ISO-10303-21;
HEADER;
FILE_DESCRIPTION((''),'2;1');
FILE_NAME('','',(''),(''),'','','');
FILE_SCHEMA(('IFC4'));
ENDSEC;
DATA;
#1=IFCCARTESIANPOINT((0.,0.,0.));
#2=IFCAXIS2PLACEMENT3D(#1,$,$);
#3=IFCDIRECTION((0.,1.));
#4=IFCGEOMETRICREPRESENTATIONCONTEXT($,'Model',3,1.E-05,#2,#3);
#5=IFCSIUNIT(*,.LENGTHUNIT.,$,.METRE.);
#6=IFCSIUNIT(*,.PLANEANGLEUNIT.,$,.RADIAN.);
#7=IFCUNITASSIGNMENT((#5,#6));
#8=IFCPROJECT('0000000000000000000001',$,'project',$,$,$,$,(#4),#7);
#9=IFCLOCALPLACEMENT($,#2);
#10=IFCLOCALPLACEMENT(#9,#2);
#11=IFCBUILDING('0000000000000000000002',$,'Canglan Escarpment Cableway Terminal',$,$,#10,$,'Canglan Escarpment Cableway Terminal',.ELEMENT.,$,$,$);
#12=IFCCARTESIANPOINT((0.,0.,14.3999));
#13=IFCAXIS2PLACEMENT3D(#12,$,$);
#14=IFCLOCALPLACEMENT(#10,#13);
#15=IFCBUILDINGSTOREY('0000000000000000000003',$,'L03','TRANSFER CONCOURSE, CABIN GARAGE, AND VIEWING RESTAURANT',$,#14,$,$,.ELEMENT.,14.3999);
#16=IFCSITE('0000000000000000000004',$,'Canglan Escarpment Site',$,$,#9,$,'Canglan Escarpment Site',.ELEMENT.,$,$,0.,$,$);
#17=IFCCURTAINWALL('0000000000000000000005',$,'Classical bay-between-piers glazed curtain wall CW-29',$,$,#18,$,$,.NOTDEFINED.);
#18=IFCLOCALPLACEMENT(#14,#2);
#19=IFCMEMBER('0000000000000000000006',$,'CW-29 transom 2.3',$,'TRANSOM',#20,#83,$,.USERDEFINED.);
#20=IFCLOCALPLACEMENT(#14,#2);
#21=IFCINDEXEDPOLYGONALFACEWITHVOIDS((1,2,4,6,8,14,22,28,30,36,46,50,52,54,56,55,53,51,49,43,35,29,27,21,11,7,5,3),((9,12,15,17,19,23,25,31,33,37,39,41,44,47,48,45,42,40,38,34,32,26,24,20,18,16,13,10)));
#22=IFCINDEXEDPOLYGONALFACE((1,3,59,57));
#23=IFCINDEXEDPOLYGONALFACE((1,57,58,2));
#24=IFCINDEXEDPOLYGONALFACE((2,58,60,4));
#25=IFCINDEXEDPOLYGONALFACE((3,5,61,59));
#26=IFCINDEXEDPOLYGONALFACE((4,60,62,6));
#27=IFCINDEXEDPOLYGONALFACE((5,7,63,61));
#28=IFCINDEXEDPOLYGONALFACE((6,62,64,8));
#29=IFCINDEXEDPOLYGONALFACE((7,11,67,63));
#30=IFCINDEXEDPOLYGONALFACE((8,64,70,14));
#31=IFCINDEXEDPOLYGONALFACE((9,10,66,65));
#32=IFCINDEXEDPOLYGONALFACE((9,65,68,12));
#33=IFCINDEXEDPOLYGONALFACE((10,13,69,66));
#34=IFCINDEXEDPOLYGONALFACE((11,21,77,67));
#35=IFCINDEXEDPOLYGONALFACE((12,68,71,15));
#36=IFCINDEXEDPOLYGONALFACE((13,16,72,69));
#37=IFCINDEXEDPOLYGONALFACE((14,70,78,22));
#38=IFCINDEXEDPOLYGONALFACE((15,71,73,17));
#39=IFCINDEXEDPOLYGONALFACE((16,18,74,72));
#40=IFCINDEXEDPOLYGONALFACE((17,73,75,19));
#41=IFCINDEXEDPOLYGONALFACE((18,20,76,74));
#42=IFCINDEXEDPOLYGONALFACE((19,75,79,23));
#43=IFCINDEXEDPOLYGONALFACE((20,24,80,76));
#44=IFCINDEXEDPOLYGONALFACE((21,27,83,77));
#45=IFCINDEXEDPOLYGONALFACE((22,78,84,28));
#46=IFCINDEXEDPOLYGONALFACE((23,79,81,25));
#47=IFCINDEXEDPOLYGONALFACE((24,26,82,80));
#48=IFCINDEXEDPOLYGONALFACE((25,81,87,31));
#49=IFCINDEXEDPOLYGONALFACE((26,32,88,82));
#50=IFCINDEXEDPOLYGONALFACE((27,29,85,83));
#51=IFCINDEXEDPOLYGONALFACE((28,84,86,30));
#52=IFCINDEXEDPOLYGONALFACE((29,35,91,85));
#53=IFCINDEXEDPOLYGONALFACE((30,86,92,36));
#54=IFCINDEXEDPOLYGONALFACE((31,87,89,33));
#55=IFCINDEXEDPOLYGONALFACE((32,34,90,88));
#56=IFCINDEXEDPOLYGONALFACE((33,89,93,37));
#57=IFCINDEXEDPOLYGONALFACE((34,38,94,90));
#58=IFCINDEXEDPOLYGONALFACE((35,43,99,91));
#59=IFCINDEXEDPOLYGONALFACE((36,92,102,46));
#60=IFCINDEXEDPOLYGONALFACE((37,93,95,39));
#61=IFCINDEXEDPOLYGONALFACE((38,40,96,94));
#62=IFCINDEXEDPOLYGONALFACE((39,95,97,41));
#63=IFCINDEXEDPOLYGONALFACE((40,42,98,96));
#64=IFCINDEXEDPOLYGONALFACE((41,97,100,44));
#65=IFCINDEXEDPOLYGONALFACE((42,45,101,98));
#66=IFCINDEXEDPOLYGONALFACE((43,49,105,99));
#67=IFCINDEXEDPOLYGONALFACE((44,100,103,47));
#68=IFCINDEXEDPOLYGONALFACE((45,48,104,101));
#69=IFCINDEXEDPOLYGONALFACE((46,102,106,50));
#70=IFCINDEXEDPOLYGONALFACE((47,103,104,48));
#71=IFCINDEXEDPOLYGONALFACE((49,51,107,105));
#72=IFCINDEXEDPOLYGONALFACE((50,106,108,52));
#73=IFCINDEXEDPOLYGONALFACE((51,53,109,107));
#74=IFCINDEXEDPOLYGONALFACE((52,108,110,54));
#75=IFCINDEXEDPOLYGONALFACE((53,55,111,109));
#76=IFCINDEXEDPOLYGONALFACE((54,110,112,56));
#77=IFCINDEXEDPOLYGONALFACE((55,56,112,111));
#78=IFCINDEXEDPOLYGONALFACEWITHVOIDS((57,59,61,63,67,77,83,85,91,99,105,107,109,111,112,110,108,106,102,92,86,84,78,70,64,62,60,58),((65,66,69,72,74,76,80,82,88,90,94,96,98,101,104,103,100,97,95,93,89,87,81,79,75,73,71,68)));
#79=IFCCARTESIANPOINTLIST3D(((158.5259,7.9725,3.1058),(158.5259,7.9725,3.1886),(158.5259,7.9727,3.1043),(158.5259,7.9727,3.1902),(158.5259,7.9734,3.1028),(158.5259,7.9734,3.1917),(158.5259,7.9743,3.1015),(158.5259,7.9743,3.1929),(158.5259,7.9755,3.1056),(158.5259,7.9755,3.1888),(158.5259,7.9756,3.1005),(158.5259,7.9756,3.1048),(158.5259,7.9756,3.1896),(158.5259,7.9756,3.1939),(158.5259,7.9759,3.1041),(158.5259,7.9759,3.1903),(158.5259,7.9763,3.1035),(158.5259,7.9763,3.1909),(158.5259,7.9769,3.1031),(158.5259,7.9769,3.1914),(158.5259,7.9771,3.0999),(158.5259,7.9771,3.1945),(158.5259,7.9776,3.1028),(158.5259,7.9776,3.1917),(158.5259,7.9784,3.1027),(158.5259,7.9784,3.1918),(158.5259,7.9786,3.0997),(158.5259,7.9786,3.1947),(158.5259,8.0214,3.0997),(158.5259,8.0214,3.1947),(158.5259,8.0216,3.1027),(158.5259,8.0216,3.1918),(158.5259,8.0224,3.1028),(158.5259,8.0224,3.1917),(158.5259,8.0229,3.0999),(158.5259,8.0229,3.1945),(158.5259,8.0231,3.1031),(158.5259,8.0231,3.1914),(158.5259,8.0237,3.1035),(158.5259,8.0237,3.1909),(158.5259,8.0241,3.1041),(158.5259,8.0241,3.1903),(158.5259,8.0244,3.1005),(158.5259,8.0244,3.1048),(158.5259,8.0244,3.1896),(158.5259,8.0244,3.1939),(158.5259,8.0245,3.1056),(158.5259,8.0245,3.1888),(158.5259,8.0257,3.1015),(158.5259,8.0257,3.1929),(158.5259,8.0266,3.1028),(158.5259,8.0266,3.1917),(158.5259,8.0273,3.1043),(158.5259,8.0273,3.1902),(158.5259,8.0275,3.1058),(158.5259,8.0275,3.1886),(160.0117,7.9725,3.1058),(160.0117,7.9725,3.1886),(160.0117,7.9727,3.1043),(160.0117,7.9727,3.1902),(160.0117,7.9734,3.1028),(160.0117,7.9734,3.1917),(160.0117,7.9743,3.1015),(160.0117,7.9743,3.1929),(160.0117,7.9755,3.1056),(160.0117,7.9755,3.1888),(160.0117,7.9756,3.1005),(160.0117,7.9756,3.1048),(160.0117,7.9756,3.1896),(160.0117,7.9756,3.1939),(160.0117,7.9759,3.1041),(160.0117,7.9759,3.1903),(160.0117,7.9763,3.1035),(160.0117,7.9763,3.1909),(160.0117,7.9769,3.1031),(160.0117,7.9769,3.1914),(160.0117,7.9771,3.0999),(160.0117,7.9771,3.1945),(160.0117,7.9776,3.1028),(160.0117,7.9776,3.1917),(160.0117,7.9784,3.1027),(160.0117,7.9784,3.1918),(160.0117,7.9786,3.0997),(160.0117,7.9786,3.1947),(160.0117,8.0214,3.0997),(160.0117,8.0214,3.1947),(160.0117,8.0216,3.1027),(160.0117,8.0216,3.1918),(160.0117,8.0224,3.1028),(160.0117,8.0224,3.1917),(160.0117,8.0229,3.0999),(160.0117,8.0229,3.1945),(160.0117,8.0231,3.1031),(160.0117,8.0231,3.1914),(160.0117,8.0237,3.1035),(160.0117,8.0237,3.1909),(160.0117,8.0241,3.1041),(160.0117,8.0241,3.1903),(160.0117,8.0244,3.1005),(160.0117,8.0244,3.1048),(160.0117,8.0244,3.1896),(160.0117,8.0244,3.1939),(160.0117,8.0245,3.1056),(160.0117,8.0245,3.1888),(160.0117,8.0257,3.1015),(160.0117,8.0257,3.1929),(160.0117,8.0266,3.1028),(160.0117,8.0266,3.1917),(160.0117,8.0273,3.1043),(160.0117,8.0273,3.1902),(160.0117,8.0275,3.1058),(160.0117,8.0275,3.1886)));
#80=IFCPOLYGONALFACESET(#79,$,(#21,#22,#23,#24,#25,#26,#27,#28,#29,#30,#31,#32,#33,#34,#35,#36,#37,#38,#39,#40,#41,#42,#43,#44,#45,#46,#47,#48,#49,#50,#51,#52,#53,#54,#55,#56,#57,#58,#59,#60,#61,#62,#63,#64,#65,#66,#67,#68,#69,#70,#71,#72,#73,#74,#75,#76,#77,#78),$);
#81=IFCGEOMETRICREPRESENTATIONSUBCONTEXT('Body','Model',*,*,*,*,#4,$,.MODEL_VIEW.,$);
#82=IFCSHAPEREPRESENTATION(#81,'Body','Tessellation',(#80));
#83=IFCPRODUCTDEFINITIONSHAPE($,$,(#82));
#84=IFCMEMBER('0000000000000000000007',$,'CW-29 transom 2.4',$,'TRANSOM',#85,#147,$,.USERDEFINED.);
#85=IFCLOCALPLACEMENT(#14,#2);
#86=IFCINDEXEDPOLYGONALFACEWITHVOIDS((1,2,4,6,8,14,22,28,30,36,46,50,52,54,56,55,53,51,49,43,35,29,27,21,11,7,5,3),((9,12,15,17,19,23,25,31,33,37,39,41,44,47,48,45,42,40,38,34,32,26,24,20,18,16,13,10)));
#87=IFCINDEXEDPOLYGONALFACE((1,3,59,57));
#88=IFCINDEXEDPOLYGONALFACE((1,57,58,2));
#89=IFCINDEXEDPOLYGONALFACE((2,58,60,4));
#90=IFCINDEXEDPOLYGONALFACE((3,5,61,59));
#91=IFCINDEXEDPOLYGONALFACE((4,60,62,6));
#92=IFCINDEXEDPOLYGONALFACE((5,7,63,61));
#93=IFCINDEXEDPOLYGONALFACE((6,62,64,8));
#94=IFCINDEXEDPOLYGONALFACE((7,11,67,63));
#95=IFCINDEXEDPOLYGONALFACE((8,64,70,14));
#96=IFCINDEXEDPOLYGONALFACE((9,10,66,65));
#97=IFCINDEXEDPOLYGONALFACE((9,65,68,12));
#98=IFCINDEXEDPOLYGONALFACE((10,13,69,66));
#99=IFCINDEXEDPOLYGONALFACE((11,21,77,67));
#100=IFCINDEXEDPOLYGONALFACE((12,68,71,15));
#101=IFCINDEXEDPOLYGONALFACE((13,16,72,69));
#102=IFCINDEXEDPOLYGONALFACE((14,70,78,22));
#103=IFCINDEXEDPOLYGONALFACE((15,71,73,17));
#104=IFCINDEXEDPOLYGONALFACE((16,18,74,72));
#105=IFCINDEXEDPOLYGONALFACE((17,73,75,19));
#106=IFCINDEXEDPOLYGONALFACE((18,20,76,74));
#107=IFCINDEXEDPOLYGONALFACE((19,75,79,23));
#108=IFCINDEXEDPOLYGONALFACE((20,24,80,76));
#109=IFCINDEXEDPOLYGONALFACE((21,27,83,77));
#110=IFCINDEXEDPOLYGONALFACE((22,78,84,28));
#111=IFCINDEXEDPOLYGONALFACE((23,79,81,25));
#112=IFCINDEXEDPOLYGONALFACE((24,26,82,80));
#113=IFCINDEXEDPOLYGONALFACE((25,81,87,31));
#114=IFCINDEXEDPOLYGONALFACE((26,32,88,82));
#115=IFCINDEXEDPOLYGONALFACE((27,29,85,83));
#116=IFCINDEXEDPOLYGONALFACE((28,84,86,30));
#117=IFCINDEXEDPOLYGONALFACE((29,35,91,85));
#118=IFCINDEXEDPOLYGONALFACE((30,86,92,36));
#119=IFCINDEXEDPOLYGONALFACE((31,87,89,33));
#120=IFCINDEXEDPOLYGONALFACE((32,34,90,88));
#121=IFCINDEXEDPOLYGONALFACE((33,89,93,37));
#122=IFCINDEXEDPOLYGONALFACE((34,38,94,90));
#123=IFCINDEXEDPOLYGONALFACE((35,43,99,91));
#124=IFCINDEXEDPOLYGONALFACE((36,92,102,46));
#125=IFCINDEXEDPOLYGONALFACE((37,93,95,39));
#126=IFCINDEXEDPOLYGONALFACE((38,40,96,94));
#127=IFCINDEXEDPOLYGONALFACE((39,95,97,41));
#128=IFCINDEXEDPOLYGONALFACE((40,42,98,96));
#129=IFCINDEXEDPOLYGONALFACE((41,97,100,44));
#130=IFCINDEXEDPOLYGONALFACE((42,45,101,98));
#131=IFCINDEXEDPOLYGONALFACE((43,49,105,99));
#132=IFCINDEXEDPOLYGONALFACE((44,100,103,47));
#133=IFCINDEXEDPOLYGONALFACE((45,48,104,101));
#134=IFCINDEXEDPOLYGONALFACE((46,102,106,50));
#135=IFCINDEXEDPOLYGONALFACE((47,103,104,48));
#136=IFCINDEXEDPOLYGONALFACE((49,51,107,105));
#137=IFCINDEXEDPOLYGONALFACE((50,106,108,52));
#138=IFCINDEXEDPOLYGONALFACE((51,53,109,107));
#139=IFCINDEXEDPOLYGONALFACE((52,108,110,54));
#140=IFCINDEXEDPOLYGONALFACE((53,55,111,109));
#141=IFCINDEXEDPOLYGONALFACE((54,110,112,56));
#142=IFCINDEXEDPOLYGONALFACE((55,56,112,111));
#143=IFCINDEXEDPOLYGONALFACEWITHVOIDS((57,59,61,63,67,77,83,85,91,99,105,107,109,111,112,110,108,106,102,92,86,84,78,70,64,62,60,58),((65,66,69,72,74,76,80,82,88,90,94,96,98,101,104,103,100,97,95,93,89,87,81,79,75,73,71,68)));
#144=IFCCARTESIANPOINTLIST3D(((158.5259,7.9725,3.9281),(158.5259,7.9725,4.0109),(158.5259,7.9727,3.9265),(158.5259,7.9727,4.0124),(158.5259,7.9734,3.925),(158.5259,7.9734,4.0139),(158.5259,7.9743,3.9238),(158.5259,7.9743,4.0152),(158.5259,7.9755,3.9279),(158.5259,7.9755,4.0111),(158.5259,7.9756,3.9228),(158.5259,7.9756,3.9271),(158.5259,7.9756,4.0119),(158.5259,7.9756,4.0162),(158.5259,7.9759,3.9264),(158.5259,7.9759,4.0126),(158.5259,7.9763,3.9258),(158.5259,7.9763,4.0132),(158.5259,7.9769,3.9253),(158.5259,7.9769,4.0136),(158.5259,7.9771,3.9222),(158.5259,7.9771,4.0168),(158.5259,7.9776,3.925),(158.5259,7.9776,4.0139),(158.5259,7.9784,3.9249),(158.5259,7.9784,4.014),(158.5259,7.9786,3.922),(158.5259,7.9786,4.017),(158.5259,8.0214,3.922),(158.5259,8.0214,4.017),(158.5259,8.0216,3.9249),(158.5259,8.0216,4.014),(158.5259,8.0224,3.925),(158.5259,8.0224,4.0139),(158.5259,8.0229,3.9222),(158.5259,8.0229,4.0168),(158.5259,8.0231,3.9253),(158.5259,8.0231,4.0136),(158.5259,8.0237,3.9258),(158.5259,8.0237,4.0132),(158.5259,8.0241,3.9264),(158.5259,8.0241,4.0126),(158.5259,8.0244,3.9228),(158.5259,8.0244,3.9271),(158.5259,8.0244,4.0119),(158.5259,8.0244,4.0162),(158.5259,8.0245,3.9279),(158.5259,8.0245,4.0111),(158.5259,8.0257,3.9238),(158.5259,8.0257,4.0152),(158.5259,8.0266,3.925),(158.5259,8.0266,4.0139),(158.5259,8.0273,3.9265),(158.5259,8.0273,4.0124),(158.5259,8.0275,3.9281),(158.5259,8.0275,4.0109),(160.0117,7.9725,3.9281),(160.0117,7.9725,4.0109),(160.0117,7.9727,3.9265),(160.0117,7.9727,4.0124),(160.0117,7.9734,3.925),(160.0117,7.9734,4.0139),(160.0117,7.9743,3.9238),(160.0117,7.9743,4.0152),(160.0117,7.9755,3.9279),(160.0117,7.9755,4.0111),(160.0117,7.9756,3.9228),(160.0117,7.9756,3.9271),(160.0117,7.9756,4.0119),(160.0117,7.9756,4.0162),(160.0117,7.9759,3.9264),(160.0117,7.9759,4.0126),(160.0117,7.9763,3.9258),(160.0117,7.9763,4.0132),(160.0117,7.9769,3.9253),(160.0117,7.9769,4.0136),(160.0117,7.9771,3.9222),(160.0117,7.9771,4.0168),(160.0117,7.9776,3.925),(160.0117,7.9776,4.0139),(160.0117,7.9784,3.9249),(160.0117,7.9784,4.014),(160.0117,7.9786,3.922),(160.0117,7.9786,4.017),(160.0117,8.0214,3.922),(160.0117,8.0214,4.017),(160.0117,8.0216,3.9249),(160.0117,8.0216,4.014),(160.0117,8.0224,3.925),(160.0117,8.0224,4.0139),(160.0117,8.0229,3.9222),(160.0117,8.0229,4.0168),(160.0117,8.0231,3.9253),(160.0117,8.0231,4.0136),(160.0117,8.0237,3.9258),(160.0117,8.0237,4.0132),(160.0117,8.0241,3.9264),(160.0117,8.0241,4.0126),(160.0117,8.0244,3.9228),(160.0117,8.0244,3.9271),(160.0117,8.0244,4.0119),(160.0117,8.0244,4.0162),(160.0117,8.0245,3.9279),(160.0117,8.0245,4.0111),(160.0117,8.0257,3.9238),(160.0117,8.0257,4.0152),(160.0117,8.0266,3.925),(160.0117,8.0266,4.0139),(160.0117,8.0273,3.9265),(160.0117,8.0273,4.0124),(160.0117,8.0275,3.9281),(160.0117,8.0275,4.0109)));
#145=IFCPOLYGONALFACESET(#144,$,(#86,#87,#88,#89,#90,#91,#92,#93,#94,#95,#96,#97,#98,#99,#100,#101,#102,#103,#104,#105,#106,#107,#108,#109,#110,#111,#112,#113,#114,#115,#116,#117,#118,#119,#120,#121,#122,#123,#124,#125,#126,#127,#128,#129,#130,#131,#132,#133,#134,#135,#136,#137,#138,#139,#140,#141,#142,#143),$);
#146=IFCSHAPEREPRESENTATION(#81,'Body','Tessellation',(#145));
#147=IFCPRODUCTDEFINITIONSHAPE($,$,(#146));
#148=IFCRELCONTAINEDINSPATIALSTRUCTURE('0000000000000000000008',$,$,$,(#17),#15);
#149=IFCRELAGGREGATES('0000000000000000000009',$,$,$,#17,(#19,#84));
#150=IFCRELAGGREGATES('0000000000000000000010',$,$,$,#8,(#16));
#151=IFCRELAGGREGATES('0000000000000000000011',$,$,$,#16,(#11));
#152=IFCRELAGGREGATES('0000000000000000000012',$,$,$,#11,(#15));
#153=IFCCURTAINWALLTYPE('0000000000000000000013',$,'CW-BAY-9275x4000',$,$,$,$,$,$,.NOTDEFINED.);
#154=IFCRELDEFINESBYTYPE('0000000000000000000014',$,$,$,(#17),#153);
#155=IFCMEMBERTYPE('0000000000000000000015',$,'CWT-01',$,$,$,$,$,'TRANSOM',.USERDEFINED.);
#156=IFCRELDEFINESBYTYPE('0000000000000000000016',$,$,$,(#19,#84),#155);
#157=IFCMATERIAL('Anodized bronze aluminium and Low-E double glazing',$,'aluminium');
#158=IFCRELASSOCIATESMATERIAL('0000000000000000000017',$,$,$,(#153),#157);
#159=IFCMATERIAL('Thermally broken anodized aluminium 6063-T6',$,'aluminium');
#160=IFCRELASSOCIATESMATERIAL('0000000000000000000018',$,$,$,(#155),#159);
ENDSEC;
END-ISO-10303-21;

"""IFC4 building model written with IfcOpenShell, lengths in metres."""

from ifc_helpers import new_model, si_unit, direction, frame, origin, origin_2d, place, context, subcontext, project, spatial, hollow_rectangle, extrude, material, material_profile, profile_set, type_object, element, aggregate, save


model = new_model("IFC4")

# Units and contexts
model_context = context("Model", 3, precision=1e-05, world=origin(), true_north=direction((0.0, 1.0)))
body_context = subcontext(model_context, "Body", "Model", "MODEL_VIEW")
ifc_project = project(units=[si_unit("LENGTHUNIT", "METRE"), si_unit("PLANEANGLEUNIT", "RADIAN")], contexts=[model_context])

# Site, building, storey
site_placement = place(None, origin())
site = spatial("IfcSite", under=ifc_project, at=site_placement, Name="Canglan Escarpment Site", LongName="Canglan Escarpment Site", CompositionType="ELEMENT", RefElevation=0.0)
building_placement = place(site_placement, origin())
building = spatial("IfcBuilding", under=site, at=building_placement, Name="Canglan Escarpment Cableway Terminal", LongName="Canglan Escarpment Cableway Terminal", CompositionType="ELEMENT")
storey_placement = place(building_placement, frame((0.0, 0.0, 14.3999)))
storey = spatial("IfcBuildingStorey", under=building, at=storey_placement, Name="L03", Description="TRANSFER CONCOURSE, CABIN GARAGE, AND VIEWING RESTAURANT", CompositionType="ELEMENT", Elevation=14.3999)

# Curtain wall, members
ifc_material_1 = material(Name="Anodized bronze aluminium and Low-E double glazing", Category="aluminium")
curtain_wall_type = type_object("IfcCurtainWallType", Name="CW-BAY-9275x4000", PredefinedType="NOTDEFINED", material=ifc_material_1)
curtain_wall_placement = place(storey_placement, origin())
curtain_wall = element("IfcCurtainWall", 1, at=curtain_wall_placement, inside=storey, type_object=curtain_wall_type, Name="Classical bay-between-piers glazed curtain wall CW-29", PredefinedType="NOTDEFINED")
ifc_material_2 = material(Name="Thermally broken anodized aluminium 6063-T6", Category="aluminium")
ifc_material_profile_1 = material_profile(ifc_material_2, hollow_rectangle(XDim=0.0549, YDim=0.095, WallThickness=0.0029, InnerFilletRadius=0.0029, OuterFilletRadius=0.0061, at=origin_2d()), Name="ALU-TRAN 55x95x3")
ifc_profile_set_1 = profile_set([ifc_material_profile_1], Name="Thermally broken anodized aluminium 6063-T6")
member_type_1 = type_object("IfcMemberType", Name="CWT-01", ElementType="TRANSOM", PredefinedType="USERDEFINED", material=ifc_profile_set_1)
member_1_placement = place(storey_placement, frame((158.5259, 8.0, 3.1472), z_axis=(1.0, 0.0, 0.0), x_axis=(0.0, 1.0, 0.0)))
member_1 = element("IfcMember", 2, at=member_1_placement, type_object=member_type_1, Name="CW-29 transom 2.3", ObjectType="TRANSOM", PredefinedType="USERDEFINED", context=body_context, shape_type="SweptSolid", body=[
    extrude(hollow_rectangle(XDim=0.0549, YDim=0.095, WallThickness=0.0029, InnerFilletRadius=0.0029, OuterFilletRadius=0.0061, at=origin_2d()), origin(), (0.0, 0.0, 1.0), 1.4858),
])
member_2_placement = place(storey_placement, frame((158.5259, 8.0, 3.9695), z_axis=(1.0, 0.0, 0.0), x_axis=(0.0, 1.0, 0.0)))
member_2 = element("IfcMember", 3, at=member_2_placement, type_object=member_type_1, Name="CW-29 transom 2.4", ObjectType="TRANSOM", PredefinedType="USERDEFINED", context=body_context, shape_type="SweptSolid", body=[
    extrude(hollow_rectangle(XDim=0.0549, YDim=0.095, WallThickness=0.0029, InnerFilletRadius=0.0029, OuterFilletRadius=0.0061, at=origin_2d()), origin(), (0.0, 0.0, 1.0), 1.4858),
])
aggregate(curtain_wall, [member_1, member_2])

save(model, "model.ifc")
